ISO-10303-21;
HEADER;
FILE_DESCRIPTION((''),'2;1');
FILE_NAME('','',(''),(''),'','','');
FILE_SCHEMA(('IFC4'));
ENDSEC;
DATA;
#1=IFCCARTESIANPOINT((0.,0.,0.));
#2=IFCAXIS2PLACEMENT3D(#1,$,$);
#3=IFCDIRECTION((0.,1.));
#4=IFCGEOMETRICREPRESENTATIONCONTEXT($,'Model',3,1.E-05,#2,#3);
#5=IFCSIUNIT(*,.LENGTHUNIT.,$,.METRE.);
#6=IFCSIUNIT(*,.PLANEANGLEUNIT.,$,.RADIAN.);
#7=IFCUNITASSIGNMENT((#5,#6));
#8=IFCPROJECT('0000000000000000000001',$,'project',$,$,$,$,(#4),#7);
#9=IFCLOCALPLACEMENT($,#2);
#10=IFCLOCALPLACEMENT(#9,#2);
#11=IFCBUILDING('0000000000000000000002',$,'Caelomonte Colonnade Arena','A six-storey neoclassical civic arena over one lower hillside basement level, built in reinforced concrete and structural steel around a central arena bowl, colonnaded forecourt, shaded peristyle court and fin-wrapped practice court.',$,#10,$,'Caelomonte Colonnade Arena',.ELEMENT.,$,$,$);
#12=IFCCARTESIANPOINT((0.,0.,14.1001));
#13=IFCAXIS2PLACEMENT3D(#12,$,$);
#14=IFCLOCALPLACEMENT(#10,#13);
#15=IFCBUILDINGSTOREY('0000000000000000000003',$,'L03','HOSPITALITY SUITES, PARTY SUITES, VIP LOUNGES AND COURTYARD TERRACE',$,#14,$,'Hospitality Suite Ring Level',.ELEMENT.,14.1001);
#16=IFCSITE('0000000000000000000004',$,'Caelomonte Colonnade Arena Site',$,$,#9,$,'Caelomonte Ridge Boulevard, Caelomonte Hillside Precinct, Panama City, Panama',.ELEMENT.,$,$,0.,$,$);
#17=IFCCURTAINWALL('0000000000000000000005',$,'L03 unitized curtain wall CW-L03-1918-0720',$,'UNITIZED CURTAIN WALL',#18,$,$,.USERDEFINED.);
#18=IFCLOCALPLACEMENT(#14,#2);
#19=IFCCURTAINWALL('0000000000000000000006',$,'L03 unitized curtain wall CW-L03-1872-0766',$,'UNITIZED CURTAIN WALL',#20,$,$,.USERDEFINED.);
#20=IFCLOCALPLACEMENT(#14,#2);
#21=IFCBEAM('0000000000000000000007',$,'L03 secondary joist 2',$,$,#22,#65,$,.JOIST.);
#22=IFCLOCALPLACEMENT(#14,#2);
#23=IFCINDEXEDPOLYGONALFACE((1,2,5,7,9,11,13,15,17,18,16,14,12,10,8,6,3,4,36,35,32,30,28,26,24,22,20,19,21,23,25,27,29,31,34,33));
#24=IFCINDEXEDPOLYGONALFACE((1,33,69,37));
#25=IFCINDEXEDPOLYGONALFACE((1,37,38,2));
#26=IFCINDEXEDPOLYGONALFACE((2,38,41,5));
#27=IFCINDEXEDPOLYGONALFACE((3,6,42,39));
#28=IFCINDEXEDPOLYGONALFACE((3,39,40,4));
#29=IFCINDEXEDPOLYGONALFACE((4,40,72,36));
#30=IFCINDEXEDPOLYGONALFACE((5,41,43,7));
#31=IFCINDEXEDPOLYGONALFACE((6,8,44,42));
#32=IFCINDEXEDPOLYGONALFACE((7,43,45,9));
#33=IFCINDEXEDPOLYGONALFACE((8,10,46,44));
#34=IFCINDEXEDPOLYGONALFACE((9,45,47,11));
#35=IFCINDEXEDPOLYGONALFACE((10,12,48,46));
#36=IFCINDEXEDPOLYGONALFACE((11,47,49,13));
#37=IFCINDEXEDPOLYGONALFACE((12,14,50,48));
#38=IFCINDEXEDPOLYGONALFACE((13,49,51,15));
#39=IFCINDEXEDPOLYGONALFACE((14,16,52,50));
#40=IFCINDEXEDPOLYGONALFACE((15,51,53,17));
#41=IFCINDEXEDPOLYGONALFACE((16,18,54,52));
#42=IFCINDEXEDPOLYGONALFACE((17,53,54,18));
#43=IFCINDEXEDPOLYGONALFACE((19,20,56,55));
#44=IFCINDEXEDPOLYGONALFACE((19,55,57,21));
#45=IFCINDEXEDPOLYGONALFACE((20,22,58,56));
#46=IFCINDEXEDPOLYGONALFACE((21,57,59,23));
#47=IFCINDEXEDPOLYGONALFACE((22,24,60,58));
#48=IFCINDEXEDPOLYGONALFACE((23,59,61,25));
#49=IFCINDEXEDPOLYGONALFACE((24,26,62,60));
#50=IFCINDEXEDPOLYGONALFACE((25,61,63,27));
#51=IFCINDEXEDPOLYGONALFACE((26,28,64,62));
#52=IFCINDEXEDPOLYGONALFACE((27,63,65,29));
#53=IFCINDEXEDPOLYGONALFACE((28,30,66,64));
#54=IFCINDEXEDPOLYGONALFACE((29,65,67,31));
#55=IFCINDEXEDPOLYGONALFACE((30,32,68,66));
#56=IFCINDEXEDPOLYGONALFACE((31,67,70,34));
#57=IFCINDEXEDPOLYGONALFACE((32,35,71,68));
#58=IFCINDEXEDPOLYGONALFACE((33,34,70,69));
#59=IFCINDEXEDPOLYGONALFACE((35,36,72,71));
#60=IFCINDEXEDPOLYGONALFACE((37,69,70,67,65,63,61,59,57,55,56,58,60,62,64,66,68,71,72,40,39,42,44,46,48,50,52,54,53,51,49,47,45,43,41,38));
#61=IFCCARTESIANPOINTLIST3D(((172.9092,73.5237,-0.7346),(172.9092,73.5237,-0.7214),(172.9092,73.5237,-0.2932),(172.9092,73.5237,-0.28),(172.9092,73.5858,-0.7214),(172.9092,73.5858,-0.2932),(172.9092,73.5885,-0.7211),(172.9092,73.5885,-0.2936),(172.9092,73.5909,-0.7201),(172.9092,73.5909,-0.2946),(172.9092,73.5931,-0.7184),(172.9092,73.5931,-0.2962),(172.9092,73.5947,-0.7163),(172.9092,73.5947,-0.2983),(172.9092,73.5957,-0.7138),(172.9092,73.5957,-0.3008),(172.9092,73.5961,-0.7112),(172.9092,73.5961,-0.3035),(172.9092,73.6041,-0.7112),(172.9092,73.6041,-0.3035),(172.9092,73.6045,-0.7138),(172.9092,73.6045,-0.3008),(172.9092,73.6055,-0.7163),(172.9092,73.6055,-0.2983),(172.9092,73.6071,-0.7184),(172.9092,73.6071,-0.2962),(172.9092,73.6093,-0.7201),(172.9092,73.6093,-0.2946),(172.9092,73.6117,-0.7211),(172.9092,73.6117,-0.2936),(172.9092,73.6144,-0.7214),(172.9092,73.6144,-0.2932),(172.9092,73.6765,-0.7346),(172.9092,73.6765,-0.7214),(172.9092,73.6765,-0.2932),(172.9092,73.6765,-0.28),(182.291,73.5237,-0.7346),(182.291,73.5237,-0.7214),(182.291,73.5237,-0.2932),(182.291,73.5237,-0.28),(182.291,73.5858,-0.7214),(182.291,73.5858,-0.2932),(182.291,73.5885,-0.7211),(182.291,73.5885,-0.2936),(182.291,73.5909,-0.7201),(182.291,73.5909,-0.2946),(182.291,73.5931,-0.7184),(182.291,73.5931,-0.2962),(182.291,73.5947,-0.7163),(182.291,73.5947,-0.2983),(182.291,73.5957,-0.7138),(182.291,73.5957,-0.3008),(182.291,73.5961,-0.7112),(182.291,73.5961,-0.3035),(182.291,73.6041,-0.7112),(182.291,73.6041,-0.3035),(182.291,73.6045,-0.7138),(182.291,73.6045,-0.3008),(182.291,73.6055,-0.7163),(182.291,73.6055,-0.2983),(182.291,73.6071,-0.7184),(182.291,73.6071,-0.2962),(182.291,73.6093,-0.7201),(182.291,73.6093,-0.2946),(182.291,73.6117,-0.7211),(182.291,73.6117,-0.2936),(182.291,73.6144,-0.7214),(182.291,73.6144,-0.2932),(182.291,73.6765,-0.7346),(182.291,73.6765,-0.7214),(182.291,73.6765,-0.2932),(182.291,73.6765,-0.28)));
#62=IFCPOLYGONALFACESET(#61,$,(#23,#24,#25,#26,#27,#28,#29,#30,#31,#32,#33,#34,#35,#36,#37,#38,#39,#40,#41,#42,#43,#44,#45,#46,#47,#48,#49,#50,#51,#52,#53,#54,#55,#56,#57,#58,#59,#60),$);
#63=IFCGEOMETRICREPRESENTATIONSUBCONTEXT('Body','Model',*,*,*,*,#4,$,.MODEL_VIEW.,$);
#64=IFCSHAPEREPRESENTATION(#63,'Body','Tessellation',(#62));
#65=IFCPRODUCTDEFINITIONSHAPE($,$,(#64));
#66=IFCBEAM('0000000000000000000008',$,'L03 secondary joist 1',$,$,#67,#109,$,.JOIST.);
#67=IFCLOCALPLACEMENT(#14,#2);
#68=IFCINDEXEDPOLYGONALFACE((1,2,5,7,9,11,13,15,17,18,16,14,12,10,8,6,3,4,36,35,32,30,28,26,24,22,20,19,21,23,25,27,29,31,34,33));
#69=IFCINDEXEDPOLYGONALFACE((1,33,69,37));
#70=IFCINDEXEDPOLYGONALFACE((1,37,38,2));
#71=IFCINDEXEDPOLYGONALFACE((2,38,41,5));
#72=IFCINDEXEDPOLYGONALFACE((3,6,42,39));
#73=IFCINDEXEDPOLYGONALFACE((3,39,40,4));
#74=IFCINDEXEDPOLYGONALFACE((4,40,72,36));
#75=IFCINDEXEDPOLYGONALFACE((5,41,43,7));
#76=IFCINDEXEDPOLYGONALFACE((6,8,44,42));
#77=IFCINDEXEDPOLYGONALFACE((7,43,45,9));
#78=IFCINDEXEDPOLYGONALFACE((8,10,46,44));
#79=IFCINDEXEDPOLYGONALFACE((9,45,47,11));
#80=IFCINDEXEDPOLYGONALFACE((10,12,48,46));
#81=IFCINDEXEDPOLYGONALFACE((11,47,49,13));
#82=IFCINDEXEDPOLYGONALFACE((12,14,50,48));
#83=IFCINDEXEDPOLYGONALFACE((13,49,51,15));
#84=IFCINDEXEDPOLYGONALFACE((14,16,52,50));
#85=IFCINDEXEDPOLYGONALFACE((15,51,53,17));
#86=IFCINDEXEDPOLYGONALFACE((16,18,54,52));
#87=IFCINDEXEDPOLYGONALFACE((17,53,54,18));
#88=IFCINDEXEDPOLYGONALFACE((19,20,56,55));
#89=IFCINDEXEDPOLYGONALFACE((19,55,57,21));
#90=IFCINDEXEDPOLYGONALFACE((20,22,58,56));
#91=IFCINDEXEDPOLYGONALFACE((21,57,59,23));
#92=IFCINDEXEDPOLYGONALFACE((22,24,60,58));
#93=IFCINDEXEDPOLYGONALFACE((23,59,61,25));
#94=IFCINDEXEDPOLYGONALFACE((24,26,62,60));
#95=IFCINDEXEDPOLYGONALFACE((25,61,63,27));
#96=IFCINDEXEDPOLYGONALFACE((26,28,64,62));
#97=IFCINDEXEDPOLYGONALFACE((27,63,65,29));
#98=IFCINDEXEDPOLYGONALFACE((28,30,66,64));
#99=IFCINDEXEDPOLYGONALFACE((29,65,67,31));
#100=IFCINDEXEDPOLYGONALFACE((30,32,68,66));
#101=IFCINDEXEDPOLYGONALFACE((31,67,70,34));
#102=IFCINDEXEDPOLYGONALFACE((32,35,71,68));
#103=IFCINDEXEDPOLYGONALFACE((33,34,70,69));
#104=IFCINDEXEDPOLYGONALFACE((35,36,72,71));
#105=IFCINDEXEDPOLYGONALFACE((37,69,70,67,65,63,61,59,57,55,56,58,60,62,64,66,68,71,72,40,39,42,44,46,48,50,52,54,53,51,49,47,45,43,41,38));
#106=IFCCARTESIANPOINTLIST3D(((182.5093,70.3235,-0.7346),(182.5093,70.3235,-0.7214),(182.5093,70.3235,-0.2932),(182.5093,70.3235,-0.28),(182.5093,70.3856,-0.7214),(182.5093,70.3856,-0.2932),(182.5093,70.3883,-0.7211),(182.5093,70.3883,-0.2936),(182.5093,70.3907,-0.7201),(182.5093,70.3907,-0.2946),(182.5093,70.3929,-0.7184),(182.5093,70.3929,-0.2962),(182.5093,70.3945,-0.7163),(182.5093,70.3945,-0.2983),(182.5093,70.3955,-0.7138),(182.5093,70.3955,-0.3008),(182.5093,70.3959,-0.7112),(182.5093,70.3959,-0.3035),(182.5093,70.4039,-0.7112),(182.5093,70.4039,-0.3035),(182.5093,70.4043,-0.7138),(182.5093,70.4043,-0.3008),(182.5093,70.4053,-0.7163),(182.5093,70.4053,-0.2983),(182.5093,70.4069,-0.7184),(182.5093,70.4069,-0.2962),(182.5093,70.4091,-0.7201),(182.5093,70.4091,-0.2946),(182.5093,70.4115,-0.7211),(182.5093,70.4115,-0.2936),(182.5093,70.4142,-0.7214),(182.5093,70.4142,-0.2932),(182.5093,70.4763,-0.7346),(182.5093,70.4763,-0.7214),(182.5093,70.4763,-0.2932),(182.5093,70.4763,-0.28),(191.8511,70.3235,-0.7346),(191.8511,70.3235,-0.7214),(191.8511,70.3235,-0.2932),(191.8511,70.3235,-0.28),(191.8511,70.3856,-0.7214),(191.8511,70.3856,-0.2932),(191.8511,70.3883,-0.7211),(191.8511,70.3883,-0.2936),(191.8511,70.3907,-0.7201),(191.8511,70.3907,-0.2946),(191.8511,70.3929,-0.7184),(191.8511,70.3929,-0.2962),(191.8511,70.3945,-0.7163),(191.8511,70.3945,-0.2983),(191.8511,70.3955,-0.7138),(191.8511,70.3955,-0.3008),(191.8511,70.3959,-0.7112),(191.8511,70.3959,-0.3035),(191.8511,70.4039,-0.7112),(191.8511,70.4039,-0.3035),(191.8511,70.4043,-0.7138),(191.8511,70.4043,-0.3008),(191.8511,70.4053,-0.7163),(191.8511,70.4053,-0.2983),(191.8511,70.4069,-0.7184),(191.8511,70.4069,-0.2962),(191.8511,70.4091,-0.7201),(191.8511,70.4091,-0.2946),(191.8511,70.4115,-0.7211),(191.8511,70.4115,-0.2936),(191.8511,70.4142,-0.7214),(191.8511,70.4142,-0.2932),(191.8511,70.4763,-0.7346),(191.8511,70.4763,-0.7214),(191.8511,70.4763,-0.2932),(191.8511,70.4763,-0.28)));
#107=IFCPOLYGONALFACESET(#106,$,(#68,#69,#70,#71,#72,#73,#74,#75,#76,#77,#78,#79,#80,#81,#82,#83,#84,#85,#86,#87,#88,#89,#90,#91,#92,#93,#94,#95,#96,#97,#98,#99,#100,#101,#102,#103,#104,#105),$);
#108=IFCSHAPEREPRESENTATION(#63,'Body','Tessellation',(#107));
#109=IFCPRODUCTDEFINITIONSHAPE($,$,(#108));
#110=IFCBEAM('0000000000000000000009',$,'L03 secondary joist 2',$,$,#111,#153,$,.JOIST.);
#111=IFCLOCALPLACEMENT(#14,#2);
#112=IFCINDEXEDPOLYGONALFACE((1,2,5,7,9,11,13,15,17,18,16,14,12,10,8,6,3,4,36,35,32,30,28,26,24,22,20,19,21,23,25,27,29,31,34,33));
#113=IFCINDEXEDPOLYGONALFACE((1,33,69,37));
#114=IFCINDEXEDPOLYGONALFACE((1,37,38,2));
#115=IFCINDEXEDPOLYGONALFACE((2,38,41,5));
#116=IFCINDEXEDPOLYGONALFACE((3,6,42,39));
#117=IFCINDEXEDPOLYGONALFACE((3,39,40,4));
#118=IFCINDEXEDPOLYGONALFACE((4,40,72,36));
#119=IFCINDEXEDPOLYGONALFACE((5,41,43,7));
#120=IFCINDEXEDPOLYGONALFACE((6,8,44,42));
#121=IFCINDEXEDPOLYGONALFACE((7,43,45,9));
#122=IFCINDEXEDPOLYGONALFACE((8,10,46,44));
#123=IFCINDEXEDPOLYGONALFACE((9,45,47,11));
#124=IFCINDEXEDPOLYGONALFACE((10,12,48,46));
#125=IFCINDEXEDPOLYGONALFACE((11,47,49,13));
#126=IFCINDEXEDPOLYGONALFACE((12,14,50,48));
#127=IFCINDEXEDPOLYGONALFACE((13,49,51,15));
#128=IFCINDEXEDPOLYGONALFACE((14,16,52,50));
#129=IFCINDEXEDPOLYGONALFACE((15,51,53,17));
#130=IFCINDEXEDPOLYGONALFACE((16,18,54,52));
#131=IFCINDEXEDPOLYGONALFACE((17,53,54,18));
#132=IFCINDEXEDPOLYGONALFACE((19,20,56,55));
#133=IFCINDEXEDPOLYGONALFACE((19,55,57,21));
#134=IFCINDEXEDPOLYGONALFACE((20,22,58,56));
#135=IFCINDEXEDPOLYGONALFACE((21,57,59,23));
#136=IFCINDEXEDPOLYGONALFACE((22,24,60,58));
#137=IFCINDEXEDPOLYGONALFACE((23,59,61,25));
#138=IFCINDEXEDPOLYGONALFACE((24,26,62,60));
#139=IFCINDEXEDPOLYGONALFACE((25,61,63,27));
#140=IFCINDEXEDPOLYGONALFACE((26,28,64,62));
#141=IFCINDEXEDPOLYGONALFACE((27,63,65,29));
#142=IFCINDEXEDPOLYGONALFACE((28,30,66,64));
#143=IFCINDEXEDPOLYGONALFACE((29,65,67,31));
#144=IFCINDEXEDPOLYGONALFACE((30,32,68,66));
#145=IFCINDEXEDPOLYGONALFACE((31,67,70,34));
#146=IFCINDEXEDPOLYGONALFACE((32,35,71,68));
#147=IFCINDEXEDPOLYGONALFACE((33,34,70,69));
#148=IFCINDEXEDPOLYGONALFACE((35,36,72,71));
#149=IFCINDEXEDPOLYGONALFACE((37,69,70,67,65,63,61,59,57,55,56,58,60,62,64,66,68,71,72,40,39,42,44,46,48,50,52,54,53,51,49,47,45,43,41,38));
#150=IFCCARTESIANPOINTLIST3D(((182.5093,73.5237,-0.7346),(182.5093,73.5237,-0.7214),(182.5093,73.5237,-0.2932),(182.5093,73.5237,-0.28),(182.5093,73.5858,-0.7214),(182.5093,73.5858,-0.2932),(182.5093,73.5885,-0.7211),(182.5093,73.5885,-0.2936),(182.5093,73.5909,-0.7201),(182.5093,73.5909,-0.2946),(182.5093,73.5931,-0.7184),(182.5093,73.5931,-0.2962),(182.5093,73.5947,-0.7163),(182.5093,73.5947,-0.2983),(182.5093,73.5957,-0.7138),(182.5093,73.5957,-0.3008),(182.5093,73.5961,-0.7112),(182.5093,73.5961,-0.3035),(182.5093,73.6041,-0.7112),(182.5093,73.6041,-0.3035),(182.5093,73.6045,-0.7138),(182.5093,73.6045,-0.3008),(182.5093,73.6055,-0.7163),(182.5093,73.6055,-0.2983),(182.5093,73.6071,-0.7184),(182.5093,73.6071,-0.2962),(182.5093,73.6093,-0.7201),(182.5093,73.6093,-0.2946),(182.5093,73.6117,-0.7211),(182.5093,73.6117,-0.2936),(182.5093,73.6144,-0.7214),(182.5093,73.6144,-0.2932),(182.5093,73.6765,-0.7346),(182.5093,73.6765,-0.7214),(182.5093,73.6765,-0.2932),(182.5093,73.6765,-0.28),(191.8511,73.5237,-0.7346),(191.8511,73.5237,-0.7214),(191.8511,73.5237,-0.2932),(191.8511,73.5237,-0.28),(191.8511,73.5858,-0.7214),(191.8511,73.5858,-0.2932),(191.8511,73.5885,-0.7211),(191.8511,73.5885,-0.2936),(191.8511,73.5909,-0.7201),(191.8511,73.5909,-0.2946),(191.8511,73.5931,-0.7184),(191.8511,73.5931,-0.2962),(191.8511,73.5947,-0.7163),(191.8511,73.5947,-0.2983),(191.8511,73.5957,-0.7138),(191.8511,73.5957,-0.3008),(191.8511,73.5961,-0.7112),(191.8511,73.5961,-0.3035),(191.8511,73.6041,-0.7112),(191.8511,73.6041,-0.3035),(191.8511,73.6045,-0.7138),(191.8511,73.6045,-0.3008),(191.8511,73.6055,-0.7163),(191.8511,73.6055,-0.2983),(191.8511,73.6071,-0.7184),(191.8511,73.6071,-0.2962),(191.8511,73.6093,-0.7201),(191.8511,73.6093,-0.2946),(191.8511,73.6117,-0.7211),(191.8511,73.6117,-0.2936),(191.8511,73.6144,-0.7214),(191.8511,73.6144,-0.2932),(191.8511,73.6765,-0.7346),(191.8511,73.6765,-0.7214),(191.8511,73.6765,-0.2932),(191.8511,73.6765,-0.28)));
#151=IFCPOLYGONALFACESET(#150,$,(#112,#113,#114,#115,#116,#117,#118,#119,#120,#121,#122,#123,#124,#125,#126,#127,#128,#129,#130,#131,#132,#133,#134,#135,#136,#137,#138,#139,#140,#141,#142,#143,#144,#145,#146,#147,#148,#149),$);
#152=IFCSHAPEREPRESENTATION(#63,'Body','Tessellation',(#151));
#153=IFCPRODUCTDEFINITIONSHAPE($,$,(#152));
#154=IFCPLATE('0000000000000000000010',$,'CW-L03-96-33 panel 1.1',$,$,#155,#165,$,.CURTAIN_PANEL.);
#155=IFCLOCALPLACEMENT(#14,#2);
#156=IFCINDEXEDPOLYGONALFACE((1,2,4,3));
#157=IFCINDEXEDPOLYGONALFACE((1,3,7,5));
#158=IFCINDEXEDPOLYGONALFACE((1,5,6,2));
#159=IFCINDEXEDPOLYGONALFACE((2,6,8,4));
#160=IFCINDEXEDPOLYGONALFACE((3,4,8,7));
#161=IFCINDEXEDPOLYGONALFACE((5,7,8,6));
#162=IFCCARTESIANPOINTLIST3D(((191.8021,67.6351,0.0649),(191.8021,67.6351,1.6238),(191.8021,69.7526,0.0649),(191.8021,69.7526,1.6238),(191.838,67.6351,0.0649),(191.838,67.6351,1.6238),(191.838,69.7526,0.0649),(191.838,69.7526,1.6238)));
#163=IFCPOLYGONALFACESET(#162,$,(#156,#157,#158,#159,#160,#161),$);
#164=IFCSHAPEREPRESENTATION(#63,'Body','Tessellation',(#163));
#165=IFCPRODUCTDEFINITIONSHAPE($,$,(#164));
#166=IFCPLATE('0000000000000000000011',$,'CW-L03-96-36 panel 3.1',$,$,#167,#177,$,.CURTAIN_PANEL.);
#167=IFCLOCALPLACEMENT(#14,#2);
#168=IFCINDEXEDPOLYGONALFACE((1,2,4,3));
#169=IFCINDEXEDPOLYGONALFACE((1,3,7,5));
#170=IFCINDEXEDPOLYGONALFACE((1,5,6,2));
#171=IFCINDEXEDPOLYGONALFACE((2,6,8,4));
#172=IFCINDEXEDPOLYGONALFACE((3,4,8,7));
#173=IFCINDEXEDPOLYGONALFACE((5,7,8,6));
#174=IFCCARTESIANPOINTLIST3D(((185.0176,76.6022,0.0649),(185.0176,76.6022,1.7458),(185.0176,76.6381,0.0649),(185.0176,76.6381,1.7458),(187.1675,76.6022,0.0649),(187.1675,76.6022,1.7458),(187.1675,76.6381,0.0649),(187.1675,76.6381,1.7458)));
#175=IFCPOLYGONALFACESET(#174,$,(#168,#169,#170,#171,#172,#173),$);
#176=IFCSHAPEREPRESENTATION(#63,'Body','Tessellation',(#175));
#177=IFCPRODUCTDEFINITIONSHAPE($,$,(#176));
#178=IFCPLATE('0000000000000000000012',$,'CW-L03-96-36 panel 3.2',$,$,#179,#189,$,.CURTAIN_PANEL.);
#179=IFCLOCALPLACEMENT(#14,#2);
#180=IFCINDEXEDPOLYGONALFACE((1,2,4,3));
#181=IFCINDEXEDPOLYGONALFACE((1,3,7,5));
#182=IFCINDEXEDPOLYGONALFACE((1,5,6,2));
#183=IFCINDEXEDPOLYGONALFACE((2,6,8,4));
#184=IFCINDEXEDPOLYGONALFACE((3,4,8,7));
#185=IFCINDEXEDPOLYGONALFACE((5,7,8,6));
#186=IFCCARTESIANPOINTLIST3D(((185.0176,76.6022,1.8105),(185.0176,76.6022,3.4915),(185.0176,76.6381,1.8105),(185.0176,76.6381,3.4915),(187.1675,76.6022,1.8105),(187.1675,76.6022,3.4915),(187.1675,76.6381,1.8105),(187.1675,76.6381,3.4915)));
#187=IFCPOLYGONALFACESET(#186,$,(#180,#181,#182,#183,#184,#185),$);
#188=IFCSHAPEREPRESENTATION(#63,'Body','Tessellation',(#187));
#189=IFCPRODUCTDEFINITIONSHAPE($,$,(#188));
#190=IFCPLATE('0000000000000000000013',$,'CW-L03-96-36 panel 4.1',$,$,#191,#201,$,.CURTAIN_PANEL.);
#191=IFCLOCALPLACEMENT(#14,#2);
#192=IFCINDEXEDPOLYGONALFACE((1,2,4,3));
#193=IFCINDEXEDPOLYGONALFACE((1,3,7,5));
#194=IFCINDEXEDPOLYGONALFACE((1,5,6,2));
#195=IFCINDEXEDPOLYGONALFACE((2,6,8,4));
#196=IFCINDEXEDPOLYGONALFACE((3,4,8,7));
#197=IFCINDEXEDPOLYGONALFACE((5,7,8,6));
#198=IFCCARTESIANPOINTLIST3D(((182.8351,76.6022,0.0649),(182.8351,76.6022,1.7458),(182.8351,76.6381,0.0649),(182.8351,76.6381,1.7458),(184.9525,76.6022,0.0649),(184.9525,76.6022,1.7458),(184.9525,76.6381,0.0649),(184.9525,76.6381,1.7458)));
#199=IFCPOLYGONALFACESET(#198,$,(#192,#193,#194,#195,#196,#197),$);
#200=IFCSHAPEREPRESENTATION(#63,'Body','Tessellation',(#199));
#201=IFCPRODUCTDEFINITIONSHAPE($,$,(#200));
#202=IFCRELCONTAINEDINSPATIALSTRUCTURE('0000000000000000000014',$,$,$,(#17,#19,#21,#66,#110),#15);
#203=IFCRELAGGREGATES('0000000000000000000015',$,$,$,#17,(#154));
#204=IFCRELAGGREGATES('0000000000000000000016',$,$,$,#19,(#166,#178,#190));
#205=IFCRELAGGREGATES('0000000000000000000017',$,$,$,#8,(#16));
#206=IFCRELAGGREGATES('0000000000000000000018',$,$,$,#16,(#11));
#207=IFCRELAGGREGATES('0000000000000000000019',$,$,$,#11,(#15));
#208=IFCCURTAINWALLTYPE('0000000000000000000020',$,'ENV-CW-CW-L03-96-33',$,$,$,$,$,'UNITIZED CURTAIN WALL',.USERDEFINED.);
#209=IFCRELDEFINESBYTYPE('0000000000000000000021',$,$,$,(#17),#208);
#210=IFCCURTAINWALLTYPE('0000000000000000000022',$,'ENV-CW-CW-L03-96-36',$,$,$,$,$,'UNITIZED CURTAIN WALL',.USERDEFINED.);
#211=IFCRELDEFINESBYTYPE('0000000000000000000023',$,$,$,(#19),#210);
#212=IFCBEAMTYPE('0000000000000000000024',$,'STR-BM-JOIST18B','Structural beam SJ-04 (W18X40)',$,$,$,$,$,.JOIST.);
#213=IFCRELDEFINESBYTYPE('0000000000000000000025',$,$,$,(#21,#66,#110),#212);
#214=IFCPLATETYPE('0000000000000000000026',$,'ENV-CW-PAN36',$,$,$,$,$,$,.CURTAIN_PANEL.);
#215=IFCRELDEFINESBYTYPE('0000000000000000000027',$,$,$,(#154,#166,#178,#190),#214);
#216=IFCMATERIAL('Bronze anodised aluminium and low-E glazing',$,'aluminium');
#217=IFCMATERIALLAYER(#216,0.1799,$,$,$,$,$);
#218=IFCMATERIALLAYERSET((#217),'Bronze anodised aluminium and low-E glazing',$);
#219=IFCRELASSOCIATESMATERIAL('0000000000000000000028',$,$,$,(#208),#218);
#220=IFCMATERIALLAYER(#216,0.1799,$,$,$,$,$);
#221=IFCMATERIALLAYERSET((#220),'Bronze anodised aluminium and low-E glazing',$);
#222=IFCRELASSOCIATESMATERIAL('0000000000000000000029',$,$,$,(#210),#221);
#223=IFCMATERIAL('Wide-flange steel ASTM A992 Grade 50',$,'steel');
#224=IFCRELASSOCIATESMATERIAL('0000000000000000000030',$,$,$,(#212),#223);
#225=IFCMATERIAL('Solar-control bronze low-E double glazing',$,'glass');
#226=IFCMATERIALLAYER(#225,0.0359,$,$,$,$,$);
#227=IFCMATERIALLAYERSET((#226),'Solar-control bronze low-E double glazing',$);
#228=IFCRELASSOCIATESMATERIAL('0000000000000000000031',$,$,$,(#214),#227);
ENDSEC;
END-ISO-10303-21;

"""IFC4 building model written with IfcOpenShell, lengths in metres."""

from ifc_helpers import new_model, si_unit, direction, frame, origin, origin_2d, place, context, subcontext, project, spatial, rectangle, i_section, extrude, material, layer, layer_set, material_profile, profile_set, type_object, element, aggregate, save


model = new_model("IFC4")

# Units and contexts
model_context = context("Model", 3, precision=1e-05, world=origin(), true_north=direction((0.0, 1.0)))
body_context = subcontext(model_context, "Body", "Model", "MODEL_VIEW")
ifc_project = project(units=[si_unit("LENGTHUNIT", "METRE"), si_unit("PLANEANGLEUNIT", "RADIAN")], contexts=[model_context])

# Site, building, storey
site_placement = place(None, origin())
site = spatial("IfcSite", under=ifc_project, at=site_placement, Name="Caelomonte Colonnade Arena Site", LongName="Caelomonte Ridge Boulevard, Caelomonte Hillside Precinct, Panama City, Panama", CompositionType="ELEMENT", RefElevation=0.0)
building_placement = place(site_placement, origin())
building = spatial("IfcBuilding", under=site, at=building_placement, Name="Caelomonte Colonnade Arena", Description="A six-storey neoclassical civic arena over one lower hillside basement level, built in reinforced concrete and structural steel around a central arena bowl, colonnaded forecourt, shaded peristyle court and fin-wrapped practice court.", LongName="Caelomonte Colonnade Arena", CompositionType="ELEMENT")
storey_placement = place(building_placement, frame((0.0, 0.0, 14.1001)))
storey = spatial("IfcBuildingStorey", under=building, at=storey_placement, Name="L03", Description="HOSPITALITY SUITES, PARTY SUITES, VIP LOUNGES AND COURTYARD TERRACE", LongName="Hospitality Suite Ring Level", CompositionType="ELEMENT", Elevation=14.1001)

# Curtain wall
ifc_material_1 = material(Name="Bronze anodised aluminium and low-E glazing", Category="aluminium")
ifc_layer_1 = layer(ifc_material_1, 0.1799)
ifc_layer_set_1 = layer_set([ifc_layer_1], Name="Bronze anodised aluminium and low-E glazing")
curtain_wall_type_1 = type_object("IfcCurtainWallType", Name="ENV-CW-CW-L03-96-33", ElementType="UNITIZED CURTAIN WALL", PredefinedType="USERDEFINED", material=ifc_layer_set_1)
curtain_wall_1_placement = place(storey_placement, origin())
curtain_wall_1 = element("IfcCurtainWall", 1, at=curtain_wall_1_placement, inside=storey, type_object=curtain_wall_type_1, Name="L03 unitized curtain wall CW-L03-1918-0720", ObjectType="UNITIZED CURTAIN WALL", PredefinedType="USERDEFINED")

# Curtain wall
ifc_layer_2 = layer(ifc_material_1, 0.1799)
ifc_layer_set_2 = layer_set([ifc_layer_2], Name="Bronze anodised aluminium and low-E glazing")
curtain_wall_type_2 = type_object("IfcCurtainWallType", Name="ENV-CW-CW-L03-96-36", ElementType="UNITIZED CURTAIN WALL", PredefinedType="USERDEFINED", material=ifc_layer_set_2)
curtain_wall_2_placement = place(storey_placement, origin())
curtain_wall_2 = element("IfcCurtainWall", 2, at=curtain_wall_2_placement, inside=storey, type_object=curtain_wall_type_2, Name="L03 unitized curtain wall CW-L03-1872-0766", ObjectType="UNITIZED CURTAIN WALL", PredefinedType="USERDEFINED")

# Beams
ifc_material_2 = material(Name="Wide-flange steel ASTM A992 Grade 50", Category="steel")
ifc_material_profile_1 = material_profile(ifc_material_2, i_section(OverallWidth=0.1528, OverallDepth=0.4546, WebThickness=0.0081, FlangeThickness=0.0132, FilletRadius=0.0103, at=origin_2d()), Name="W18X40")
ifc_profile_set_1 = profile_set([ifc_material_profile_1], Name="Wide-flange steel ASTM A992 Grade 50")
beam_type = type_object("IfcBeamType", Name="STR-BM-JOIST18B", Description="Structural beam SJ-04 (W18X40)", PredefinedType="JOIST", material=ifc_profile_set_1)
for number, where, z_axis, x_axis, name in (
    (3, (172.9092, 73.6001, -0.5073), (1.0, 0.0, 0.0), (0.0, 1.0, 0.0), "L03 secondary joist 2"),
):
    element("IfcBeam", number, at=place(storey_placement, frame(where, z_axis=z_axis, x_axis=x_axis)), inside=storey, type_object=beam_type, Name=name, PredefinedType="JOIST", context=body_context, shape_type="SweptSolid", body=[
        extrude(i_section(OverallWidth=0.1528, OverallDepth=0.4546, WebThickness=0.0081, FlangeThickness=0.0132, FilletRadius=0.0103, at=origin_2d()), origin(), (0.0, 0.0, 1.0), 9.3818),
    ])
for number, where, z_axis, x_axis, name in (
    (4, (182.5093, 70.3999, -0.5073), (1.0, 0.0, 0.0), (0.0, 1.0, 0.0), "L03 secondary joist 1"),
    (5, (182.5093, 73.6001, -0.5073), (1.0, 0.0, 0.0), (0.0, 1.0, 0.0), "L03 secondary joist 2"),
):
    element("IfcBeam", number, at=place(storey_placement, frame(where, z_axis=z_axis, x_axis=x_axis)), inside=storey, type_object=beam_type, Name=name, PredefinedType="JOIST", context=body_context, shape_type="SweptSolid", body=[
        extrude(i_section(OverallWidth=0.1528, OverallDepth=0.4546, WebThickness=0.0081, FlangeThickness=0.0132, FilletRadius=0.0103, at=origin_2d()), origin(), (0.0, 0.0, 1.0), 9.3418),
    ])

# Plates
ifc_material_3 = material(Name="Solar-control bronze low-E double glazing", Category="glass")
ifc_layer_3 = layer(ifc_material_3, 0.0359)
ifc_layer_set_3 = layer_set([ifc_layer_3], Name="Solar-control bronze low-E double glazing")
plate_type = type_object("IfcPlateType", Name="ENV-CW-PAN36", PredefinedType="CURTAIN_PANEL", material=ifc_layer_set_3)
plate_1_placement = place(storey_placement, frame((191.8201, 68.6938, 0.0649), z_axis=(0.0, 0.0, 1.0), x_axis=(0.0, 1.0, 0.0)))
plate_1 = element("IfcPlate", 6, at=plate_1_placement, type_object=plate_type, Name="CW-L03-96-33 panel 1.1", PredefinedType="CURTAIN_PANEL", context=body_context, shape_type="SweptSolid", body=[
    extrude(rectangle(XDim=2.1174, YDim=0.0359, at=origin_2d()), origin(), (0.0, 0.0, 1.0), 1.5588),
])
aggregate(curtain_wall_1, [plate_1])
plate_2_placement = place(storey_placement, frame((186.0925, 76.6201, 0.0649), z_axis=(0.0, 0.0, 1.0), x_axis=(-1.0, 0.0, 0.0)))
plate_2 = element("IfcPlate", 7, at=plate_2_placement, type_object=plate_type, Name="CW-L03-96-36 panel 3.1", PredefinedType="CURTAIN_PANEL", context=body_context, shape_type="SweptSolid", body=[
    extrude(rectangle(XDim=2.1499, YDim=0.0359, at=origin_2d()), origin(), (0.0, 0.0, 1.0), 1.6809),
])
plate_3_placement = place(storey_placement, frame((186.0925, 76.6201, 1.8105), z_axis=(0.0, 0.0, 1.0), x_axis=(-1.0, 0.0, 0.0)))
plate_3 = element("IfcPlate", 8, at=plate_3_placement, type_object=plate_type, Name="CW-L03-96-36 panel 3.2", PredefinedType="CURTAIN_PANEL", context=body_context, shape_type="SweptSolid", body=[
    extrude(rectangle(XDim=2.1499, YDim=0.0359, at=origin_2d()), origin(), (0.0, 0.0, 1.0), 1.6809),
])
plate_4_placement = place(storey_placement, frame((183.8938, 76.6201, 0.0649), z_axis=(0.0, 0.0, 1.0), x_axis=(-1.0, 0.0, 0.0)))
plate_4 = element("IfcPlate", 9, at=plate_4_placement, type_object=plate_type, Name="CW-L03-96-36 panel 4.1", PredefinedType="CURTAIN_PANEL", context=body_context, shape_type="SweptSolid", body=[
    extrude(rectangle(XDim=2.1174, YDim=0.0359, at=origin_2d()), origin(), (0.0, 0.0, 1.0), 1.6809),
])
aggregate(curtain_wall_2, [plate_2, plate_3, plate_4])

save(model, "model.ifc")
